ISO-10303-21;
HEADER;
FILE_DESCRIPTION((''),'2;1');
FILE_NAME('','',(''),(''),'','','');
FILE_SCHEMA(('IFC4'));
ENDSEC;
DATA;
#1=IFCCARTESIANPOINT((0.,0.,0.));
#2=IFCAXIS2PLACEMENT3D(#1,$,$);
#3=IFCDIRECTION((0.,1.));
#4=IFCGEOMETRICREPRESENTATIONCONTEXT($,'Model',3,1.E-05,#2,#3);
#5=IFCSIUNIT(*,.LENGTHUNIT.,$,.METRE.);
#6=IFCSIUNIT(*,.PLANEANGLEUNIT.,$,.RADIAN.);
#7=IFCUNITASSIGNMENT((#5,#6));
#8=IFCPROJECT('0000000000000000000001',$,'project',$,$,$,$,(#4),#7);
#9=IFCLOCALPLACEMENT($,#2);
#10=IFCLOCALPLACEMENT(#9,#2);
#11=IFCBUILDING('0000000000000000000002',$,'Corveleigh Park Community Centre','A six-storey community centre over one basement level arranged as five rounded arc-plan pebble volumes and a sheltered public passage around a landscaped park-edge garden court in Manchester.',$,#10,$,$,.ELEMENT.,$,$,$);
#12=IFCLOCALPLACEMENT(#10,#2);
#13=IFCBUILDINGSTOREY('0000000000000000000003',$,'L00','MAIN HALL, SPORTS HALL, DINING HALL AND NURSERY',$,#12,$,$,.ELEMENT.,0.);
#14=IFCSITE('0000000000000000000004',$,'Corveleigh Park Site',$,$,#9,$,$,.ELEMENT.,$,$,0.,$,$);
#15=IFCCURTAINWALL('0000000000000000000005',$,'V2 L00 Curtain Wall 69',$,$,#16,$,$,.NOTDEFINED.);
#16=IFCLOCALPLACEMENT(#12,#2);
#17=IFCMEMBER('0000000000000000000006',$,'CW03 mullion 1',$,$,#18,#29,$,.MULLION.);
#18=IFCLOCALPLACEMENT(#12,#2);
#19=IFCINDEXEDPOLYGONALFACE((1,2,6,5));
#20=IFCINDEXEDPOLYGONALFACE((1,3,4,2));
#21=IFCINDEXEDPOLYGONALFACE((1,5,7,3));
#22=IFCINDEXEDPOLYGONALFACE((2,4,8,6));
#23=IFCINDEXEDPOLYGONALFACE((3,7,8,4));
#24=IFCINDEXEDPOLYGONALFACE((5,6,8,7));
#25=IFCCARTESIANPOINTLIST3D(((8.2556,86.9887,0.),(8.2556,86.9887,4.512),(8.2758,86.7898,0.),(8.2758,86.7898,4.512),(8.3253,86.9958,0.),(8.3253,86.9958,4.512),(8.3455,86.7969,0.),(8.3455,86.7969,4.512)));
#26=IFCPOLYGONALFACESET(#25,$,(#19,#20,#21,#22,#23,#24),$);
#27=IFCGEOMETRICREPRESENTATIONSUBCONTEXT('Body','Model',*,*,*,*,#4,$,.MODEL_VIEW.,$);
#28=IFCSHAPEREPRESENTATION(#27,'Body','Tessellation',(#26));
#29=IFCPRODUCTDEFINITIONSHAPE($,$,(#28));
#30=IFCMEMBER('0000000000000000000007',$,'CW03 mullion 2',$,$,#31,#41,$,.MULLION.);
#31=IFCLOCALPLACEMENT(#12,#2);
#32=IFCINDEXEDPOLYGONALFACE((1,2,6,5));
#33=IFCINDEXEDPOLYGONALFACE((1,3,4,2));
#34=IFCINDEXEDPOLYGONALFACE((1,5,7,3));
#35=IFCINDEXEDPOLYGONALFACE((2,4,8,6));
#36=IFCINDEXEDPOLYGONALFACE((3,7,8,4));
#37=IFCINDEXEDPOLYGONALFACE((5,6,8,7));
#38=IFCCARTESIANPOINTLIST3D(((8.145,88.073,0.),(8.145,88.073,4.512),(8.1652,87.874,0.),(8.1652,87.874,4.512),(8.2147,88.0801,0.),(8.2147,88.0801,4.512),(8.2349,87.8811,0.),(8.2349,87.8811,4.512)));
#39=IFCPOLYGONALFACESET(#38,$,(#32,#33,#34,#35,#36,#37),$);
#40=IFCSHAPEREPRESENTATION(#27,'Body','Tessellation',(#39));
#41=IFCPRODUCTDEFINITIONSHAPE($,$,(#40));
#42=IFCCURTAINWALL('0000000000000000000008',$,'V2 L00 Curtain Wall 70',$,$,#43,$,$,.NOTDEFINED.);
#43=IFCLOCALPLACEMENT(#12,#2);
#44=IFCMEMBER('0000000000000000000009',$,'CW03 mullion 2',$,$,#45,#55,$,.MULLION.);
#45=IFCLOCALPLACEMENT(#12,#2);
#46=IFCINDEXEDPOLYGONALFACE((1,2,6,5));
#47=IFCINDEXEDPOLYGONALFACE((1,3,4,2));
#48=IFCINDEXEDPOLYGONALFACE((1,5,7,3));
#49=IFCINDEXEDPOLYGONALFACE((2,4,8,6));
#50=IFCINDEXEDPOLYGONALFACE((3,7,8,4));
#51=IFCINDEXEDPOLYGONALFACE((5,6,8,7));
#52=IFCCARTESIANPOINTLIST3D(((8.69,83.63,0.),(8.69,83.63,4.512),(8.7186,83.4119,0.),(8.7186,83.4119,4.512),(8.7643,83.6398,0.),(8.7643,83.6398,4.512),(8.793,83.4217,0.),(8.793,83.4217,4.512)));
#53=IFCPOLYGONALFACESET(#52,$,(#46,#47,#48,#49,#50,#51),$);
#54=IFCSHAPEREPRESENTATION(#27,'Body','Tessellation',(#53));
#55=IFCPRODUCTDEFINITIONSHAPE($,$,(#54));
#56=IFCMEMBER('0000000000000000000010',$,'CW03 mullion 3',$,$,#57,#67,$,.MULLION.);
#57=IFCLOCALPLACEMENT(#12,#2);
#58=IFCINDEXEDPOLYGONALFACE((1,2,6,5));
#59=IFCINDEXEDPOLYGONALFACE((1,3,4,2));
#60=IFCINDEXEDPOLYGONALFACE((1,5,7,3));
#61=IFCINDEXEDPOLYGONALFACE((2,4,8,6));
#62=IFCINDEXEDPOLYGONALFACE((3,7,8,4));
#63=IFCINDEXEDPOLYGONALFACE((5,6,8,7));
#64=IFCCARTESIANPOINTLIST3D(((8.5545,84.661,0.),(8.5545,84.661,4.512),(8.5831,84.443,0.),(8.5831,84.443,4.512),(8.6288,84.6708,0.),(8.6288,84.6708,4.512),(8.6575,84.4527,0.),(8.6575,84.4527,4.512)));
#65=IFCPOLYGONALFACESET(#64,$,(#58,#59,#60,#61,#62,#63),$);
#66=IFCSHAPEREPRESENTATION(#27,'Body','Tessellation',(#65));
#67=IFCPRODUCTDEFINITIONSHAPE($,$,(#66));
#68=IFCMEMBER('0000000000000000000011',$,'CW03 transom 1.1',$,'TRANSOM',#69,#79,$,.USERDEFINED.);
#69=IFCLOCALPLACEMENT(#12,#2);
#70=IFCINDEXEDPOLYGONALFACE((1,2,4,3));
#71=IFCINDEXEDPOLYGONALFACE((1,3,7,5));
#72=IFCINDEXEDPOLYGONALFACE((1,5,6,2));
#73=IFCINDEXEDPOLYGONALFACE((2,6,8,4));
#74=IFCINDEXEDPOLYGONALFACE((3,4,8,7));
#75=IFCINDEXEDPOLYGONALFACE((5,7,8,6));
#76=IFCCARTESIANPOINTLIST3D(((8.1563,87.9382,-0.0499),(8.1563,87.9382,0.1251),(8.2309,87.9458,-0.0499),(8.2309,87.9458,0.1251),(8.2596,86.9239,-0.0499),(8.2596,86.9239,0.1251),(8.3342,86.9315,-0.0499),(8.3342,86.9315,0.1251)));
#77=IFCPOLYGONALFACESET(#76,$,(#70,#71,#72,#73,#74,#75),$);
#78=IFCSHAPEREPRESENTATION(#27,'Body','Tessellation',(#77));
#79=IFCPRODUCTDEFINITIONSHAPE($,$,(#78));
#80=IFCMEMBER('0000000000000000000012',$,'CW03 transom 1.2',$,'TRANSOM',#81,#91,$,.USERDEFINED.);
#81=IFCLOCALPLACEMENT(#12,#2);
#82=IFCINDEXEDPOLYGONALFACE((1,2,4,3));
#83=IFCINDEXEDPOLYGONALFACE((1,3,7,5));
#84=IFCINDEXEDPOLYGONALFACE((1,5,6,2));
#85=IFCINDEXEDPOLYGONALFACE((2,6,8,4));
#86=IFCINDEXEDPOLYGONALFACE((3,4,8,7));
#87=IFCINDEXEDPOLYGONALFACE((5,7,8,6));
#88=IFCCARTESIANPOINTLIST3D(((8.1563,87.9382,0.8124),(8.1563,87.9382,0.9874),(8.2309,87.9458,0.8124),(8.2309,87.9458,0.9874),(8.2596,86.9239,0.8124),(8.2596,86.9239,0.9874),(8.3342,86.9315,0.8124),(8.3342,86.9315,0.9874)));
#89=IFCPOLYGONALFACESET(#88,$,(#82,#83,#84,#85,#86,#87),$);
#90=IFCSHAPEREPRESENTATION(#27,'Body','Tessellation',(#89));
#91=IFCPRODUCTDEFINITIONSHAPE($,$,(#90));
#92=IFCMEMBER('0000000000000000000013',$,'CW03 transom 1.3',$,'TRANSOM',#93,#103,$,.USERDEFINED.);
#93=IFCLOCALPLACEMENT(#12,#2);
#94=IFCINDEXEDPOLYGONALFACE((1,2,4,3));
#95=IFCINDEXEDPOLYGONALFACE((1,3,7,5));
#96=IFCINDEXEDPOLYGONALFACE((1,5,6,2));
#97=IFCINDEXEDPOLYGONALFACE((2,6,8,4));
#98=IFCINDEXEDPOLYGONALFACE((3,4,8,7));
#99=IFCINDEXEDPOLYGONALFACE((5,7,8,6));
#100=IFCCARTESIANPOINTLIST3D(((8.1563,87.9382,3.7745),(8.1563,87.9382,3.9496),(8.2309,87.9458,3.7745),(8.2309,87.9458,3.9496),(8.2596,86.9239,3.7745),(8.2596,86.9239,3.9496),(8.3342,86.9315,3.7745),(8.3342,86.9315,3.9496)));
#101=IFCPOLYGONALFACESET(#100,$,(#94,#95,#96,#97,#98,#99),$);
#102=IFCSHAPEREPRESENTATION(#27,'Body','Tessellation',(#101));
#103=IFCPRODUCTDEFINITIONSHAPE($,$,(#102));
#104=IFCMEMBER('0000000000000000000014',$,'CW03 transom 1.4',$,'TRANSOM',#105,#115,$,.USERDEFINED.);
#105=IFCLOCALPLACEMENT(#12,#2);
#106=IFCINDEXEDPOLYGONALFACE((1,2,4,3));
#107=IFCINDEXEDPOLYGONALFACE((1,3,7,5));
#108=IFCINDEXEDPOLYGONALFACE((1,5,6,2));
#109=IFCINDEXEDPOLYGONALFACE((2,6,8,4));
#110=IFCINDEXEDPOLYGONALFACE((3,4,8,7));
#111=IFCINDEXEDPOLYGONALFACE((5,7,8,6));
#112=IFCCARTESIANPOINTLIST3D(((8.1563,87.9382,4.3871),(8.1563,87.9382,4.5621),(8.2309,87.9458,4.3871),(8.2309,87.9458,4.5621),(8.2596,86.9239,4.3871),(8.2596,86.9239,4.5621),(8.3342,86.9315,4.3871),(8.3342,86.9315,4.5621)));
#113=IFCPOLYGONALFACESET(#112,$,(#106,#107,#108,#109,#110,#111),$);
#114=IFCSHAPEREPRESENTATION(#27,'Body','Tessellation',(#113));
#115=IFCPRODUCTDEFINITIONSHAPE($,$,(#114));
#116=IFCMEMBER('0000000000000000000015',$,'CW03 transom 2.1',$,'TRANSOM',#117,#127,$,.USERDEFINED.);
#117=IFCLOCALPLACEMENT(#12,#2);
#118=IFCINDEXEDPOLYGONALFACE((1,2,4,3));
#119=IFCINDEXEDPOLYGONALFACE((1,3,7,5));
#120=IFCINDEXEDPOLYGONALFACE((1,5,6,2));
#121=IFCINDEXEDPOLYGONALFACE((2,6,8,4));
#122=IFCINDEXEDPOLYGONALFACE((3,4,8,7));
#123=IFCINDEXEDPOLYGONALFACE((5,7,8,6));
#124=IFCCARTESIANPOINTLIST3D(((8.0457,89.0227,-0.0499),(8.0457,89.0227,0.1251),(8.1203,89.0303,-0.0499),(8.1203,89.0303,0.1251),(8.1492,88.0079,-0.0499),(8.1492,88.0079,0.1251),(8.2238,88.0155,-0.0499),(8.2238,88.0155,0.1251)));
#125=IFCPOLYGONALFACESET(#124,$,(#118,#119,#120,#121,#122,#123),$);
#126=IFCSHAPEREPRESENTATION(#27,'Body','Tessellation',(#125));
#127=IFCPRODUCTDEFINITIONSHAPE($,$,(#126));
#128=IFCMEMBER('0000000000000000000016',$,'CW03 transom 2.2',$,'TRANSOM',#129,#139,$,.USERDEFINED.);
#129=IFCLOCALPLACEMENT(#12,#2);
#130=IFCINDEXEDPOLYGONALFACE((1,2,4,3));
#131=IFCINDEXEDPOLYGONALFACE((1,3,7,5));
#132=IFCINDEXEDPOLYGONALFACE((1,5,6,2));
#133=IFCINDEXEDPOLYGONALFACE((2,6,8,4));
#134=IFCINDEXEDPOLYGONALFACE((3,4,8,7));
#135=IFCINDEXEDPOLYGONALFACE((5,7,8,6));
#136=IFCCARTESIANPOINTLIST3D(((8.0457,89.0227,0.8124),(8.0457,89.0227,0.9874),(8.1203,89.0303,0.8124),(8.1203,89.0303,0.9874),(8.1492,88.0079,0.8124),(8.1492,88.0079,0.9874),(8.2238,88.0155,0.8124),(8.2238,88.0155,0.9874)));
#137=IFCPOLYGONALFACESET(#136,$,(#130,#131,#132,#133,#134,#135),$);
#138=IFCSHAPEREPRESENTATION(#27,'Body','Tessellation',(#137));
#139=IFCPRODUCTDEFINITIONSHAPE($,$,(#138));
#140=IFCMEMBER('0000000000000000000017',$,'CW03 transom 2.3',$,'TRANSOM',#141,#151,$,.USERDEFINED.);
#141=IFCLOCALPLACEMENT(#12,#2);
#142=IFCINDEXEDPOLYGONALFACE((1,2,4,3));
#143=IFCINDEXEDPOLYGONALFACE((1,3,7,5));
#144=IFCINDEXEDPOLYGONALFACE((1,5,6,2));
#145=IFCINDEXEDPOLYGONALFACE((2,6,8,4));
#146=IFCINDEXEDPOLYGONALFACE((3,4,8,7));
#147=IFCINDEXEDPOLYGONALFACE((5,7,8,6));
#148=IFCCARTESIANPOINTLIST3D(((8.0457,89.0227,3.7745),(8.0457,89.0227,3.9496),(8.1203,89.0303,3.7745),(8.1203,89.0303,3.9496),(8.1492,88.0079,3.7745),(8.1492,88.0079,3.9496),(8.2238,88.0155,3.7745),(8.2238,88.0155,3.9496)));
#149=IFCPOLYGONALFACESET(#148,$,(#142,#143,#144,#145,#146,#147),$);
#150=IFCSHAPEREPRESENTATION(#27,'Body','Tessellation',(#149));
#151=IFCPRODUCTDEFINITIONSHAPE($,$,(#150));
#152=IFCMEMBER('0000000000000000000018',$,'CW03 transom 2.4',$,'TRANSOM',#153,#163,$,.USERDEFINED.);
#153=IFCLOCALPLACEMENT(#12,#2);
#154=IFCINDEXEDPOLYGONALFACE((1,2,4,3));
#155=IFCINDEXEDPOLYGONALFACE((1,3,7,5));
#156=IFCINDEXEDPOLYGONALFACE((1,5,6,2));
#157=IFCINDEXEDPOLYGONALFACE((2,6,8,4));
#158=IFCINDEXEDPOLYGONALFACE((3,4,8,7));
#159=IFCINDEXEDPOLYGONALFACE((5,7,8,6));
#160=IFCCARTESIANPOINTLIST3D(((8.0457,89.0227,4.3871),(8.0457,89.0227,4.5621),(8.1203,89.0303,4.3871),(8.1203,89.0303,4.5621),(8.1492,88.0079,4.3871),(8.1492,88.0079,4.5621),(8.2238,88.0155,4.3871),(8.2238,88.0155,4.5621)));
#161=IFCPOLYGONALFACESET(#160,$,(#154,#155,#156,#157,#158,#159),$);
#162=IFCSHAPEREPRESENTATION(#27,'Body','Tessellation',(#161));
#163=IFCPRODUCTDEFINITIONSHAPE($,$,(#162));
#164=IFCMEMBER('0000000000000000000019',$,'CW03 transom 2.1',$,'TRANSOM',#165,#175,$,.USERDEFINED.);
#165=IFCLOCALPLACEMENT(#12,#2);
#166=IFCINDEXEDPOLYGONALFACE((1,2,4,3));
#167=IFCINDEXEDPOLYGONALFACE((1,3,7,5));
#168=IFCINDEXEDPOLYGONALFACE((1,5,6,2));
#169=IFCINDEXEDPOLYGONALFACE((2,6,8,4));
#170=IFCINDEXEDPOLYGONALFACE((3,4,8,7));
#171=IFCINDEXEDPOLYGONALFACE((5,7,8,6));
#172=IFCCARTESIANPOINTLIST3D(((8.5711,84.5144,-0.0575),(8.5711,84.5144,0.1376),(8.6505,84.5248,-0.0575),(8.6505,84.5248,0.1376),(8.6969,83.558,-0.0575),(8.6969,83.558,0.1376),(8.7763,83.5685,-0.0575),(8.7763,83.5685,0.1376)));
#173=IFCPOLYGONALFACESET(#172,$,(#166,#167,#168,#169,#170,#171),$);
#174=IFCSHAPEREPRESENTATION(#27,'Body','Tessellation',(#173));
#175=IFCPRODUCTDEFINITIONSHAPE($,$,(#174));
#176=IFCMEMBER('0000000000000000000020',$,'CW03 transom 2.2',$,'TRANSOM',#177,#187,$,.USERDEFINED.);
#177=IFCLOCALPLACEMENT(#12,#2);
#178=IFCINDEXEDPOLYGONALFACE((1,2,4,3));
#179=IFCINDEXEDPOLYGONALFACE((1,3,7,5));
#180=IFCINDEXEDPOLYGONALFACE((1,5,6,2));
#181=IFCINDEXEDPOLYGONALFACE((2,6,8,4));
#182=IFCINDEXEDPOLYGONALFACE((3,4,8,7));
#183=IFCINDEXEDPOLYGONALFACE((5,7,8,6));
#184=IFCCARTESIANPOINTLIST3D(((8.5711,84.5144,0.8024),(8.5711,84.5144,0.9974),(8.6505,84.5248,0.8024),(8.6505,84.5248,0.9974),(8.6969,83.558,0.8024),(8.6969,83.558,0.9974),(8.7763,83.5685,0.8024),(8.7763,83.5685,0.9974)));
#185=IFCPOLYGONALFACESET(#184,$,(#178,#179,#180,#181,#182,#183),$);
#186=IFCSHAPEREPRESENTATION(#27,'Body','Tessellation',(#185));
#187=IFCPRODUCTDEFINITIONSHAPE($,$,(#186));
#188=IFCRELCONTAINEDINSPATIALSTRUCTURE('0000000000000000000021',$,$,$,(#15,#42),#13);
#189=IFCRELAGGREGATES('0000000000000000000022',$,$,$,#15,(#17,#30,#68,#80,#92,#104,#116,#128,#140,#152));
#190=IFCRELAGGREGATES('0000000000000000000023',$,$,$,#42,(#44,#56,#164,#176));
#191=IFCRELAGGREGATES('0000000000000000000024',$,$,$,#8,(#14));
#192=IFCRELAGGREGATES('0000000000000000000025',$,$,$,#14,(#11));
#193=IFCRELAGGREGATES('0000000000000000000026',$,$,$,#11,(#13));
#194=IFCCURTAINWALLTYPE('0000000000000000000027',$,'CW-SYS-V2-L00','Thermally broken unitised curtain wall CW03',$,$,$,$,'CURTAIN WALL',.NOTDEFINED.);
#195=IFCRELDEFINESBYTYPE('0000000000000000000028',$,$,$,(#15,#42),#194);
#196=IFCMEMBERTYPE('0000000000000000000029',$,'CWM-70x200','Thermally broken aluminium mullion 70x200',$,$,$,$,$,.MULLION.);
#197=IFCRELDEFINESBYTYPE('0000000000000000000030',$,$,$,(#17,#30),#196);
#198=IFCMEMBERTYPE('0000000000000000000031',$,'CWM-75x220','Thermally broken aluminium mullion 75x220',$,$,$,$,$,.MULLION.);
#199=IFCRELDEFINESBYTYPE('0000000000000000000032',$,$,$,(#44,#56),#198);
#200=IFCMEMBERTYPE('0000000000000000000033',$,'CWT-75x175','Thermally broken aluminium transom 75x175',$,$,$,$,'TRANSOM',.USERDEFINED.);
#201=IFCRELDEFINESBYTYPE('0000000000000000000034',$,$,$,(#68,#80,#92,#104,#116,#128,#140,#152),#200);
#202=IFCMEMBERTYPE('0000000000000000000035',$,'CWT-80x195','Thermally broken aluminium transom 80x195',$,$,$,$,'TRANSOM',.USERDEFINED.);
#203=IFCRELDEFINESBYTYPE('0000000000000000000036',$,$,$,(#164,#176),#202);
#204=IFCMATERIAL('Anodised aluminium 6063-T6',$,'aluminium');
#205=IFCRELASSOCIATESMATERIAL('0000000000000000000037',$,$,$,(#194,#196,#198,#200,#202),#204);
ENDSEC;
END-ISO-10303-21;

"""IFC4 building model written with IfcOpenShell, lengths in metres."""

from ifc_helpers import new_model, si_unit, direction, frame, origin, origin_2d, place, context, subcontext, project, spatial, rectangle, extrude, material, material_profile, profile_set, type_object, element, aggregate, save


model = new_model("IFC4")

# Units and contexts
model_context = context("Model", 3, precision=1e-05, world=origin(), true_north=direction((0.0, 1.0)))
body_context = subcontext(model_context, "Body", "Model", "MODEL_VIEW")
ifc_project = project(units=[si_unit("LENGTHUNIT", "METRE"), si_unit("PLANEANGLEUNIT", "RADIAN")], contexts=[model_context])

# Site, building, storey
site_placement = place(None, origin())
site = spatial("IfcSite", under=ifc_project, at=site_placement, Name="Corveleigh Park Site", CompositionType="ELEMENT", RefElevation=0.0)
building_placement = place(site_placement, origin())
building = spatial("IfcBuilding", under=site, at=building_placement, Name="Corveleigh Park Community Centre", Description="A six-storey community centre over one basement level arranged as five rounded arc-plan pebble volumes and a sheltered public passage around a landscaped park-edge garden court in Manchester.", CompositionType="ELEMENT")
storey_placement = place(building_placement, origin())
storey = spatial("IfcBuildingStorey", under=building, at=storey_placement, Name="L00", Description="MAIN HALL, SPORTS HALL, DINING HALL AND NURSERY", CompositionType="ELEMENT", Elevation=0.0)

# Curtain walls, members
ifc_material_1 = material(Name="Anodised aluminium 6063-T6", Category="aluminium")
curtain_wall_type = type_object("IfcCurtainWallType", Name="CW-SYS-V2-L00", Description="Thermally broken unitised curtain wall CW03", ElementType="CURTAIN WALL", PredefinedType="NOTDEFINED", material=ifc_material_1)
curtain_wall_1_placement = place(storey_placement, origin())
curtain_wall_1 = element("IfcCurtainWall", 1, at=curtain_wall_1_placement, inside=storey, type_object=curtain_wall_type, Name="V2 L00 Curtain Wall 69", PredefinedType="NOTDEFINED")
ifc_material_profile_1 = material_profile(ifc_material_1, rectangle(XDim=0.0701, YDim=0.2, at=origin_2d()), Name="ALU-M70x200", Category="aluminium")
ifc_profile_set_1 = profile_set([ifc_material_profile_1], Name="Anodised aluminium 6063-T6")
member_type_1 = type_object("IfcMemberType", Name="CWM-70x200", Description="Thermally broken aluminium mullion 70x200", PredefinedType="MULLION", material=ifc_profile_set_1)
member_1_placement = place(storey_placement, frame((8.3005, 86.8928, 0.0), z_axis=(0.0, 0.0, 1.0), x_axis=(-0.994851, -0.101352, 0.0)))
member_1 = element("IfcMember", 2, at=member_1_placement, type_object=member_type_1, Name="CW03 mullion 1", PredefinedType="MULLION", context=body_context, shape_type="SweptSolid", body=[
    extrude(rectangle(XDim=0.0701, YDim=0.2, at=origin_2d()), origin(), (0.0, 0.0, 1.0), 4.512),
])
member_2_placement = place(storey_placement, frame((8.1899, 87.9771, 0.0), z_axis=(0.0, 0.0, 1.0), x_axis=(-0.994851, -0.101352, 0.0)))
member_2 = element("IfcMember", 3, at=member_2_placement, type_object=member_type_1, Name="CW03 mullion 2", PredefinedType="MULLION", context=body_context, shape_type="SweptSolid", body=[
    extrude(rectangle(XDim=0.0701, YDim=0.2, at=origin_2d()), origin(), (0.0, 0.0, 1.0), 4.512),
])
curtain_wall_2_placement = place(storey_placement, origin())
curtain_wall_2 = element("IfcCurtainWall", 4, at=curtain_wall_2_placement, inside=storey, type_object=curtain_wall_type, Name="V2 L00 Curtain Wall 70", PredefinedType="NOTDEFINED")
ifc_material_profile_2 = material_profile(ifc_material_1, rectangle(XDim=0.075, YDim=0.22, at=origin_2d()), Name="ALU-M75x220", Category="aluminium")
ifc_profile_set_2 = profile_set([ifc_material_profile_2], Name="Anodised aluminium 6063-T6")
member_type_2 = type_object("IfcMemberType", Name="CWM-75x220", Description="Thermally broken aluminium mullion 75x220", PredefinedType="MULLION", material=ifc_profile_set_2)
member_3_placement = place(storey_placement, frame((8.7415, 83.5259, 0.0), z_axis=(0.0, 0.0, 1.0), x_axis=(-0.991457, -0.13043, 0.0)))
member_3 = element("IfcMember", 5, at=member_3_placement, type_object=member_type_2, Name="CW03 mullion 2", PredefinedType="MULLION", context=body_context, shape_type="SweptSolid", body=[
    extrude(rectangle(XDim=0.075, YDim=0.22, at=origin_2d()), origin(), (0.0, 0.0, 1.0), 4.512),
])
member_4_placement = place(storey_placement, frame((8.606, 84.5569, 0.0), z_axis=(0.0, 0.0, 1.0), x_axis=(-0.991457, -0.13043, 0.0)))
member_4 = element("IfcMember", 6, at=member_4_placement, type_object=member_type_2, Name="CW03 mullion 3", PredefinedType="MULLION", context=body_context, shape_type="SweptSolid", body=[
    extrude(rectangle(XDim=0.075, YDim=0.22, at=origin_2d()), origin(), (0.0, 0.0, 1.0), 4.512),
])

# Members
ifc_material_profile_3 = material_profile(ifc_material_1, rectangle(XDim=0.075, YDim=0.175, at=origin_2d()), Name="ALU-T75x175", Category="aluminium")
ifc_profile_set_3 = profile_set([ifc_material_profile_3], Name="Anodised aluminium 6063-T6")
member_type_3 = type_object("IfcMemberType", Name="CWT-75x175", Description="Thermally broken aluminium transom 75x175", ElementType="TRANSOM", PredefinedType="USERDEFINED", material=ifc_profile_set_3)
member_5_placement = place(storey_placement, frame((8.2969, 86.9277, 0.0376), z_axis=(-0.101282, 0.994858, 0.0), x_axis=(-0.994858, -0.101282, 0.0)))
member_5 = element("IfcMember", 7, at=member_5_placement, type_object=member_type_3, Name="CW03 transom 1.1", ObjectType="TRANSOM", PredefinedType="USERDEFINED", context=body_context, shape_type="SweptSolid", body=[
    extrude(rectangle(XDim=0.075, YDim=0.175, at=origin_2d()), origin(), (0.0, 0.0, 1.0), 1.0195),
])
member_6_placement = place(storey_placement, frame((8.2969, 86.9277, 0.8999), z_axis=(-0.101282, 0.994858, 0.0), x_axis=(-0.994858, -0.101282, 0.0)))
member_6 = element("IfcMember", 8, at=member_6_placement, type_object=member_type_3, Name="CW03 transom 1.2", ObjectType="TRANSOM", PredefinedType="USERDEFINED", context=body_context, shape_type="SweptSolid", body=[
    extrude(rectangle(XDim=0.075, YDim=0.175, at=origin_2d()), origin(), (0.0, 0.0, 1.0), 1.0195),
])
member_7_placement = place(storey_placement, frame((8.2969, 86.9277, 3.8621), z_axis=(-0.101282, 0.994858, 0.0), x_axis=(-0.994858, -0.101282, 0.0)))
member_7 = element("IfcMember", 9, at=member_7_placement, type_object=member_type_3, Name="CW03 transom 1.3", ObjectType="TRANSOM", PredefinedType="USERDEFINED", context=body_context, shape_type="SweptSolid", body=[
    extrude(rectangle(XDim=0.075, YDim=0.175, at=origin_2d()), origin(), (0.0, 0.0, 1.0), 1.0195),
])
member_8_placement = place(storey_placement, frame((8.2969, 86.9277, 4.4746), z_axis=(-0.101282, 0.994858, 0.0), x_axis=(-0.994858, -0.101282, 0.0)))
member_8 = element("IfcMember", 10, at=member_8_placement, type_object=member_type_3, Name="CW03 transom 1.4", ObjectType="TRANSOM", PredefinedType="USERDEFINED", context=body_context, shape_type="SweptSolid", body=[
    extrude(rectangle(XDim=0.075, YDim=0.175, at=origin_2d()), origin(), (0.0, 0.0, 1.0), 1.0195),
])
member_9_placement = place(storey_placement, frame((8.1865, 88.0117, 0.0376), z_axis=(-0.101494, 0.994836, 0.0), x_axis=(-0.994836, -0.101494, 0.0)))
member_9 = element("IfcMember", 11, at=member_9_placement, type_object=member_type_3, Name="CW03 transom 2.1", ObjectType="TRANSOM", PredefinedType="USERDEFINED", context=body_context, shape_type="SweptSolid", body=[
    extrude(rectangle(XDim=0.075, YDim=0.175, at=origin_2d()), origin(), (0.0, 0.0, 1.0), 1.02),
])
member_10_placement = place(storey_placement, frame((8.1865, 88.0117, 0.8999), z_axis=(-0.101494, 0.994836, 0.0), x_axis=(-0.994836, -0.101494, 0.0)))
member_10 = element("IfcMember", 12, at=member_10_placement, type_object=member_type_3, Name="CW03 transom 2.2", ObjectType="TRANSOM", PredefinedType="USERDEFINED", context=body_context, shape_type="SweptSolid", body=[
    extrude(rectangle(XDim=0.075, YDim=0.175, at=origin_2d()), origin(), (0.0, 0.0, 1.0), 1.02),
])
member_11_placement = place(storey_placement, frame((8.1865, 88.0117, 3.8621), z_axis=(-0.101494, 0.994836, 0.0), x_axis=(-0.994836, -0.101494, 0.0)))
member_11 = element("IfcMember", 13, at=member_11_placement, type_object=member_type_3, Name="CW03 transom 2.3", ObjectType="TRANSOM", PredefinedType="USERDEFINED", context=body_context, shape_type="SweptSolid", body=[
    extrude(rectangle(XDim=0.075, YDim=0.175, at=origin_2d()), origin(), (0.0, 0.0, 1.0), 1.02),
])
member_12_placement = place(storey_placement, frame((8.1865, 88.0117, 4.4746), z_axis=(-0.101494, 0.994836, 0.0), x_axis=(-0.994836, -0.101494, 0.0)))
member_12 = element("IfcMember", 14, at=member_12_placement, type_object=member_type_3, Name="CW03 transom 2.4", ObjectType="TRANSOM", PredefinedType="USERDEFINED", context=body_context, shape_type="SweptSolid", body=[
    extrude(rectangle(XDim=0.075, YDim=0.175, at=origin_2d()), origin(), (0.0, 0.0, 1.0), 1.02),
])
ifc_material_profile_4 = material_profile(ifc_material_1, rectangle(XDim=0.0801, YDim=0.1951, at=origin_2d()), Name="ALU-T80x195", Category="aluminium")
ifc_profile_set_4 = profile_set([ifc_material_profile_4], Name="Anodised aluminium 6063-T6")
member_type_4 = type_object("IfcMemberType", Name="CWT-80x195", Description="Thermally broken aluminium transom 80x195", ElementType="TRANSOM", PredefinedType="USERDEFINED", material=ifc_profile_set_4)
member_13_placement = place(storey_placement, frame((8.7366, 83.5632, 0.04), z_axis=(-0.130356, 0.991467, 0.0), x_axis=(-0.991467, -0.130356, 0.0)))
member_13 = element("IfcMember", 15, at=member_13_placement, type_object=member_type_4, Name="CW03 transom 2.1", ObjectType="TRANSOM", PredefinedType="USERDEFINED", context=body_context, shape_type="SweptSolid", body=[
    extrude(rectangle(XDim=0.0801, YDim=0.1951, at=origin_2d()), origin(), (0.0, 0.0, 1.0), 0.9646),
])
member_14_placement = place(storey_placement, frame((8.7366, 83.5632, 0.8999), z_axis=(-0.130356, 0.991467, 0.0), x_axis=(-0.991467, -0.130356, 0.0)))
member_14 = element("IfcMember", 16, at=member_14_placement, type_object=member_type_4, Name="CW03 transom 2.2", ObjectType="TRANSOM", PredefinedType="USERDEFINED", context=body_context, shape_type="SweptSolid", body=[
    extrude(rectangle(XDim=0.0801, YDim=0.1951, at=origin_2d()), origin(), (0.0, 0.0, 1.0), 0.9646),
])

aggregate(curtain_wall_1, [member_1, member_2, member_5, member_6, member_7, member_8, member_9, member_10, member_11, member_12])
aggregate(curtain_wall_2, [member_3, member_4, member_13, member_14])

save(model, "model.ifc")
